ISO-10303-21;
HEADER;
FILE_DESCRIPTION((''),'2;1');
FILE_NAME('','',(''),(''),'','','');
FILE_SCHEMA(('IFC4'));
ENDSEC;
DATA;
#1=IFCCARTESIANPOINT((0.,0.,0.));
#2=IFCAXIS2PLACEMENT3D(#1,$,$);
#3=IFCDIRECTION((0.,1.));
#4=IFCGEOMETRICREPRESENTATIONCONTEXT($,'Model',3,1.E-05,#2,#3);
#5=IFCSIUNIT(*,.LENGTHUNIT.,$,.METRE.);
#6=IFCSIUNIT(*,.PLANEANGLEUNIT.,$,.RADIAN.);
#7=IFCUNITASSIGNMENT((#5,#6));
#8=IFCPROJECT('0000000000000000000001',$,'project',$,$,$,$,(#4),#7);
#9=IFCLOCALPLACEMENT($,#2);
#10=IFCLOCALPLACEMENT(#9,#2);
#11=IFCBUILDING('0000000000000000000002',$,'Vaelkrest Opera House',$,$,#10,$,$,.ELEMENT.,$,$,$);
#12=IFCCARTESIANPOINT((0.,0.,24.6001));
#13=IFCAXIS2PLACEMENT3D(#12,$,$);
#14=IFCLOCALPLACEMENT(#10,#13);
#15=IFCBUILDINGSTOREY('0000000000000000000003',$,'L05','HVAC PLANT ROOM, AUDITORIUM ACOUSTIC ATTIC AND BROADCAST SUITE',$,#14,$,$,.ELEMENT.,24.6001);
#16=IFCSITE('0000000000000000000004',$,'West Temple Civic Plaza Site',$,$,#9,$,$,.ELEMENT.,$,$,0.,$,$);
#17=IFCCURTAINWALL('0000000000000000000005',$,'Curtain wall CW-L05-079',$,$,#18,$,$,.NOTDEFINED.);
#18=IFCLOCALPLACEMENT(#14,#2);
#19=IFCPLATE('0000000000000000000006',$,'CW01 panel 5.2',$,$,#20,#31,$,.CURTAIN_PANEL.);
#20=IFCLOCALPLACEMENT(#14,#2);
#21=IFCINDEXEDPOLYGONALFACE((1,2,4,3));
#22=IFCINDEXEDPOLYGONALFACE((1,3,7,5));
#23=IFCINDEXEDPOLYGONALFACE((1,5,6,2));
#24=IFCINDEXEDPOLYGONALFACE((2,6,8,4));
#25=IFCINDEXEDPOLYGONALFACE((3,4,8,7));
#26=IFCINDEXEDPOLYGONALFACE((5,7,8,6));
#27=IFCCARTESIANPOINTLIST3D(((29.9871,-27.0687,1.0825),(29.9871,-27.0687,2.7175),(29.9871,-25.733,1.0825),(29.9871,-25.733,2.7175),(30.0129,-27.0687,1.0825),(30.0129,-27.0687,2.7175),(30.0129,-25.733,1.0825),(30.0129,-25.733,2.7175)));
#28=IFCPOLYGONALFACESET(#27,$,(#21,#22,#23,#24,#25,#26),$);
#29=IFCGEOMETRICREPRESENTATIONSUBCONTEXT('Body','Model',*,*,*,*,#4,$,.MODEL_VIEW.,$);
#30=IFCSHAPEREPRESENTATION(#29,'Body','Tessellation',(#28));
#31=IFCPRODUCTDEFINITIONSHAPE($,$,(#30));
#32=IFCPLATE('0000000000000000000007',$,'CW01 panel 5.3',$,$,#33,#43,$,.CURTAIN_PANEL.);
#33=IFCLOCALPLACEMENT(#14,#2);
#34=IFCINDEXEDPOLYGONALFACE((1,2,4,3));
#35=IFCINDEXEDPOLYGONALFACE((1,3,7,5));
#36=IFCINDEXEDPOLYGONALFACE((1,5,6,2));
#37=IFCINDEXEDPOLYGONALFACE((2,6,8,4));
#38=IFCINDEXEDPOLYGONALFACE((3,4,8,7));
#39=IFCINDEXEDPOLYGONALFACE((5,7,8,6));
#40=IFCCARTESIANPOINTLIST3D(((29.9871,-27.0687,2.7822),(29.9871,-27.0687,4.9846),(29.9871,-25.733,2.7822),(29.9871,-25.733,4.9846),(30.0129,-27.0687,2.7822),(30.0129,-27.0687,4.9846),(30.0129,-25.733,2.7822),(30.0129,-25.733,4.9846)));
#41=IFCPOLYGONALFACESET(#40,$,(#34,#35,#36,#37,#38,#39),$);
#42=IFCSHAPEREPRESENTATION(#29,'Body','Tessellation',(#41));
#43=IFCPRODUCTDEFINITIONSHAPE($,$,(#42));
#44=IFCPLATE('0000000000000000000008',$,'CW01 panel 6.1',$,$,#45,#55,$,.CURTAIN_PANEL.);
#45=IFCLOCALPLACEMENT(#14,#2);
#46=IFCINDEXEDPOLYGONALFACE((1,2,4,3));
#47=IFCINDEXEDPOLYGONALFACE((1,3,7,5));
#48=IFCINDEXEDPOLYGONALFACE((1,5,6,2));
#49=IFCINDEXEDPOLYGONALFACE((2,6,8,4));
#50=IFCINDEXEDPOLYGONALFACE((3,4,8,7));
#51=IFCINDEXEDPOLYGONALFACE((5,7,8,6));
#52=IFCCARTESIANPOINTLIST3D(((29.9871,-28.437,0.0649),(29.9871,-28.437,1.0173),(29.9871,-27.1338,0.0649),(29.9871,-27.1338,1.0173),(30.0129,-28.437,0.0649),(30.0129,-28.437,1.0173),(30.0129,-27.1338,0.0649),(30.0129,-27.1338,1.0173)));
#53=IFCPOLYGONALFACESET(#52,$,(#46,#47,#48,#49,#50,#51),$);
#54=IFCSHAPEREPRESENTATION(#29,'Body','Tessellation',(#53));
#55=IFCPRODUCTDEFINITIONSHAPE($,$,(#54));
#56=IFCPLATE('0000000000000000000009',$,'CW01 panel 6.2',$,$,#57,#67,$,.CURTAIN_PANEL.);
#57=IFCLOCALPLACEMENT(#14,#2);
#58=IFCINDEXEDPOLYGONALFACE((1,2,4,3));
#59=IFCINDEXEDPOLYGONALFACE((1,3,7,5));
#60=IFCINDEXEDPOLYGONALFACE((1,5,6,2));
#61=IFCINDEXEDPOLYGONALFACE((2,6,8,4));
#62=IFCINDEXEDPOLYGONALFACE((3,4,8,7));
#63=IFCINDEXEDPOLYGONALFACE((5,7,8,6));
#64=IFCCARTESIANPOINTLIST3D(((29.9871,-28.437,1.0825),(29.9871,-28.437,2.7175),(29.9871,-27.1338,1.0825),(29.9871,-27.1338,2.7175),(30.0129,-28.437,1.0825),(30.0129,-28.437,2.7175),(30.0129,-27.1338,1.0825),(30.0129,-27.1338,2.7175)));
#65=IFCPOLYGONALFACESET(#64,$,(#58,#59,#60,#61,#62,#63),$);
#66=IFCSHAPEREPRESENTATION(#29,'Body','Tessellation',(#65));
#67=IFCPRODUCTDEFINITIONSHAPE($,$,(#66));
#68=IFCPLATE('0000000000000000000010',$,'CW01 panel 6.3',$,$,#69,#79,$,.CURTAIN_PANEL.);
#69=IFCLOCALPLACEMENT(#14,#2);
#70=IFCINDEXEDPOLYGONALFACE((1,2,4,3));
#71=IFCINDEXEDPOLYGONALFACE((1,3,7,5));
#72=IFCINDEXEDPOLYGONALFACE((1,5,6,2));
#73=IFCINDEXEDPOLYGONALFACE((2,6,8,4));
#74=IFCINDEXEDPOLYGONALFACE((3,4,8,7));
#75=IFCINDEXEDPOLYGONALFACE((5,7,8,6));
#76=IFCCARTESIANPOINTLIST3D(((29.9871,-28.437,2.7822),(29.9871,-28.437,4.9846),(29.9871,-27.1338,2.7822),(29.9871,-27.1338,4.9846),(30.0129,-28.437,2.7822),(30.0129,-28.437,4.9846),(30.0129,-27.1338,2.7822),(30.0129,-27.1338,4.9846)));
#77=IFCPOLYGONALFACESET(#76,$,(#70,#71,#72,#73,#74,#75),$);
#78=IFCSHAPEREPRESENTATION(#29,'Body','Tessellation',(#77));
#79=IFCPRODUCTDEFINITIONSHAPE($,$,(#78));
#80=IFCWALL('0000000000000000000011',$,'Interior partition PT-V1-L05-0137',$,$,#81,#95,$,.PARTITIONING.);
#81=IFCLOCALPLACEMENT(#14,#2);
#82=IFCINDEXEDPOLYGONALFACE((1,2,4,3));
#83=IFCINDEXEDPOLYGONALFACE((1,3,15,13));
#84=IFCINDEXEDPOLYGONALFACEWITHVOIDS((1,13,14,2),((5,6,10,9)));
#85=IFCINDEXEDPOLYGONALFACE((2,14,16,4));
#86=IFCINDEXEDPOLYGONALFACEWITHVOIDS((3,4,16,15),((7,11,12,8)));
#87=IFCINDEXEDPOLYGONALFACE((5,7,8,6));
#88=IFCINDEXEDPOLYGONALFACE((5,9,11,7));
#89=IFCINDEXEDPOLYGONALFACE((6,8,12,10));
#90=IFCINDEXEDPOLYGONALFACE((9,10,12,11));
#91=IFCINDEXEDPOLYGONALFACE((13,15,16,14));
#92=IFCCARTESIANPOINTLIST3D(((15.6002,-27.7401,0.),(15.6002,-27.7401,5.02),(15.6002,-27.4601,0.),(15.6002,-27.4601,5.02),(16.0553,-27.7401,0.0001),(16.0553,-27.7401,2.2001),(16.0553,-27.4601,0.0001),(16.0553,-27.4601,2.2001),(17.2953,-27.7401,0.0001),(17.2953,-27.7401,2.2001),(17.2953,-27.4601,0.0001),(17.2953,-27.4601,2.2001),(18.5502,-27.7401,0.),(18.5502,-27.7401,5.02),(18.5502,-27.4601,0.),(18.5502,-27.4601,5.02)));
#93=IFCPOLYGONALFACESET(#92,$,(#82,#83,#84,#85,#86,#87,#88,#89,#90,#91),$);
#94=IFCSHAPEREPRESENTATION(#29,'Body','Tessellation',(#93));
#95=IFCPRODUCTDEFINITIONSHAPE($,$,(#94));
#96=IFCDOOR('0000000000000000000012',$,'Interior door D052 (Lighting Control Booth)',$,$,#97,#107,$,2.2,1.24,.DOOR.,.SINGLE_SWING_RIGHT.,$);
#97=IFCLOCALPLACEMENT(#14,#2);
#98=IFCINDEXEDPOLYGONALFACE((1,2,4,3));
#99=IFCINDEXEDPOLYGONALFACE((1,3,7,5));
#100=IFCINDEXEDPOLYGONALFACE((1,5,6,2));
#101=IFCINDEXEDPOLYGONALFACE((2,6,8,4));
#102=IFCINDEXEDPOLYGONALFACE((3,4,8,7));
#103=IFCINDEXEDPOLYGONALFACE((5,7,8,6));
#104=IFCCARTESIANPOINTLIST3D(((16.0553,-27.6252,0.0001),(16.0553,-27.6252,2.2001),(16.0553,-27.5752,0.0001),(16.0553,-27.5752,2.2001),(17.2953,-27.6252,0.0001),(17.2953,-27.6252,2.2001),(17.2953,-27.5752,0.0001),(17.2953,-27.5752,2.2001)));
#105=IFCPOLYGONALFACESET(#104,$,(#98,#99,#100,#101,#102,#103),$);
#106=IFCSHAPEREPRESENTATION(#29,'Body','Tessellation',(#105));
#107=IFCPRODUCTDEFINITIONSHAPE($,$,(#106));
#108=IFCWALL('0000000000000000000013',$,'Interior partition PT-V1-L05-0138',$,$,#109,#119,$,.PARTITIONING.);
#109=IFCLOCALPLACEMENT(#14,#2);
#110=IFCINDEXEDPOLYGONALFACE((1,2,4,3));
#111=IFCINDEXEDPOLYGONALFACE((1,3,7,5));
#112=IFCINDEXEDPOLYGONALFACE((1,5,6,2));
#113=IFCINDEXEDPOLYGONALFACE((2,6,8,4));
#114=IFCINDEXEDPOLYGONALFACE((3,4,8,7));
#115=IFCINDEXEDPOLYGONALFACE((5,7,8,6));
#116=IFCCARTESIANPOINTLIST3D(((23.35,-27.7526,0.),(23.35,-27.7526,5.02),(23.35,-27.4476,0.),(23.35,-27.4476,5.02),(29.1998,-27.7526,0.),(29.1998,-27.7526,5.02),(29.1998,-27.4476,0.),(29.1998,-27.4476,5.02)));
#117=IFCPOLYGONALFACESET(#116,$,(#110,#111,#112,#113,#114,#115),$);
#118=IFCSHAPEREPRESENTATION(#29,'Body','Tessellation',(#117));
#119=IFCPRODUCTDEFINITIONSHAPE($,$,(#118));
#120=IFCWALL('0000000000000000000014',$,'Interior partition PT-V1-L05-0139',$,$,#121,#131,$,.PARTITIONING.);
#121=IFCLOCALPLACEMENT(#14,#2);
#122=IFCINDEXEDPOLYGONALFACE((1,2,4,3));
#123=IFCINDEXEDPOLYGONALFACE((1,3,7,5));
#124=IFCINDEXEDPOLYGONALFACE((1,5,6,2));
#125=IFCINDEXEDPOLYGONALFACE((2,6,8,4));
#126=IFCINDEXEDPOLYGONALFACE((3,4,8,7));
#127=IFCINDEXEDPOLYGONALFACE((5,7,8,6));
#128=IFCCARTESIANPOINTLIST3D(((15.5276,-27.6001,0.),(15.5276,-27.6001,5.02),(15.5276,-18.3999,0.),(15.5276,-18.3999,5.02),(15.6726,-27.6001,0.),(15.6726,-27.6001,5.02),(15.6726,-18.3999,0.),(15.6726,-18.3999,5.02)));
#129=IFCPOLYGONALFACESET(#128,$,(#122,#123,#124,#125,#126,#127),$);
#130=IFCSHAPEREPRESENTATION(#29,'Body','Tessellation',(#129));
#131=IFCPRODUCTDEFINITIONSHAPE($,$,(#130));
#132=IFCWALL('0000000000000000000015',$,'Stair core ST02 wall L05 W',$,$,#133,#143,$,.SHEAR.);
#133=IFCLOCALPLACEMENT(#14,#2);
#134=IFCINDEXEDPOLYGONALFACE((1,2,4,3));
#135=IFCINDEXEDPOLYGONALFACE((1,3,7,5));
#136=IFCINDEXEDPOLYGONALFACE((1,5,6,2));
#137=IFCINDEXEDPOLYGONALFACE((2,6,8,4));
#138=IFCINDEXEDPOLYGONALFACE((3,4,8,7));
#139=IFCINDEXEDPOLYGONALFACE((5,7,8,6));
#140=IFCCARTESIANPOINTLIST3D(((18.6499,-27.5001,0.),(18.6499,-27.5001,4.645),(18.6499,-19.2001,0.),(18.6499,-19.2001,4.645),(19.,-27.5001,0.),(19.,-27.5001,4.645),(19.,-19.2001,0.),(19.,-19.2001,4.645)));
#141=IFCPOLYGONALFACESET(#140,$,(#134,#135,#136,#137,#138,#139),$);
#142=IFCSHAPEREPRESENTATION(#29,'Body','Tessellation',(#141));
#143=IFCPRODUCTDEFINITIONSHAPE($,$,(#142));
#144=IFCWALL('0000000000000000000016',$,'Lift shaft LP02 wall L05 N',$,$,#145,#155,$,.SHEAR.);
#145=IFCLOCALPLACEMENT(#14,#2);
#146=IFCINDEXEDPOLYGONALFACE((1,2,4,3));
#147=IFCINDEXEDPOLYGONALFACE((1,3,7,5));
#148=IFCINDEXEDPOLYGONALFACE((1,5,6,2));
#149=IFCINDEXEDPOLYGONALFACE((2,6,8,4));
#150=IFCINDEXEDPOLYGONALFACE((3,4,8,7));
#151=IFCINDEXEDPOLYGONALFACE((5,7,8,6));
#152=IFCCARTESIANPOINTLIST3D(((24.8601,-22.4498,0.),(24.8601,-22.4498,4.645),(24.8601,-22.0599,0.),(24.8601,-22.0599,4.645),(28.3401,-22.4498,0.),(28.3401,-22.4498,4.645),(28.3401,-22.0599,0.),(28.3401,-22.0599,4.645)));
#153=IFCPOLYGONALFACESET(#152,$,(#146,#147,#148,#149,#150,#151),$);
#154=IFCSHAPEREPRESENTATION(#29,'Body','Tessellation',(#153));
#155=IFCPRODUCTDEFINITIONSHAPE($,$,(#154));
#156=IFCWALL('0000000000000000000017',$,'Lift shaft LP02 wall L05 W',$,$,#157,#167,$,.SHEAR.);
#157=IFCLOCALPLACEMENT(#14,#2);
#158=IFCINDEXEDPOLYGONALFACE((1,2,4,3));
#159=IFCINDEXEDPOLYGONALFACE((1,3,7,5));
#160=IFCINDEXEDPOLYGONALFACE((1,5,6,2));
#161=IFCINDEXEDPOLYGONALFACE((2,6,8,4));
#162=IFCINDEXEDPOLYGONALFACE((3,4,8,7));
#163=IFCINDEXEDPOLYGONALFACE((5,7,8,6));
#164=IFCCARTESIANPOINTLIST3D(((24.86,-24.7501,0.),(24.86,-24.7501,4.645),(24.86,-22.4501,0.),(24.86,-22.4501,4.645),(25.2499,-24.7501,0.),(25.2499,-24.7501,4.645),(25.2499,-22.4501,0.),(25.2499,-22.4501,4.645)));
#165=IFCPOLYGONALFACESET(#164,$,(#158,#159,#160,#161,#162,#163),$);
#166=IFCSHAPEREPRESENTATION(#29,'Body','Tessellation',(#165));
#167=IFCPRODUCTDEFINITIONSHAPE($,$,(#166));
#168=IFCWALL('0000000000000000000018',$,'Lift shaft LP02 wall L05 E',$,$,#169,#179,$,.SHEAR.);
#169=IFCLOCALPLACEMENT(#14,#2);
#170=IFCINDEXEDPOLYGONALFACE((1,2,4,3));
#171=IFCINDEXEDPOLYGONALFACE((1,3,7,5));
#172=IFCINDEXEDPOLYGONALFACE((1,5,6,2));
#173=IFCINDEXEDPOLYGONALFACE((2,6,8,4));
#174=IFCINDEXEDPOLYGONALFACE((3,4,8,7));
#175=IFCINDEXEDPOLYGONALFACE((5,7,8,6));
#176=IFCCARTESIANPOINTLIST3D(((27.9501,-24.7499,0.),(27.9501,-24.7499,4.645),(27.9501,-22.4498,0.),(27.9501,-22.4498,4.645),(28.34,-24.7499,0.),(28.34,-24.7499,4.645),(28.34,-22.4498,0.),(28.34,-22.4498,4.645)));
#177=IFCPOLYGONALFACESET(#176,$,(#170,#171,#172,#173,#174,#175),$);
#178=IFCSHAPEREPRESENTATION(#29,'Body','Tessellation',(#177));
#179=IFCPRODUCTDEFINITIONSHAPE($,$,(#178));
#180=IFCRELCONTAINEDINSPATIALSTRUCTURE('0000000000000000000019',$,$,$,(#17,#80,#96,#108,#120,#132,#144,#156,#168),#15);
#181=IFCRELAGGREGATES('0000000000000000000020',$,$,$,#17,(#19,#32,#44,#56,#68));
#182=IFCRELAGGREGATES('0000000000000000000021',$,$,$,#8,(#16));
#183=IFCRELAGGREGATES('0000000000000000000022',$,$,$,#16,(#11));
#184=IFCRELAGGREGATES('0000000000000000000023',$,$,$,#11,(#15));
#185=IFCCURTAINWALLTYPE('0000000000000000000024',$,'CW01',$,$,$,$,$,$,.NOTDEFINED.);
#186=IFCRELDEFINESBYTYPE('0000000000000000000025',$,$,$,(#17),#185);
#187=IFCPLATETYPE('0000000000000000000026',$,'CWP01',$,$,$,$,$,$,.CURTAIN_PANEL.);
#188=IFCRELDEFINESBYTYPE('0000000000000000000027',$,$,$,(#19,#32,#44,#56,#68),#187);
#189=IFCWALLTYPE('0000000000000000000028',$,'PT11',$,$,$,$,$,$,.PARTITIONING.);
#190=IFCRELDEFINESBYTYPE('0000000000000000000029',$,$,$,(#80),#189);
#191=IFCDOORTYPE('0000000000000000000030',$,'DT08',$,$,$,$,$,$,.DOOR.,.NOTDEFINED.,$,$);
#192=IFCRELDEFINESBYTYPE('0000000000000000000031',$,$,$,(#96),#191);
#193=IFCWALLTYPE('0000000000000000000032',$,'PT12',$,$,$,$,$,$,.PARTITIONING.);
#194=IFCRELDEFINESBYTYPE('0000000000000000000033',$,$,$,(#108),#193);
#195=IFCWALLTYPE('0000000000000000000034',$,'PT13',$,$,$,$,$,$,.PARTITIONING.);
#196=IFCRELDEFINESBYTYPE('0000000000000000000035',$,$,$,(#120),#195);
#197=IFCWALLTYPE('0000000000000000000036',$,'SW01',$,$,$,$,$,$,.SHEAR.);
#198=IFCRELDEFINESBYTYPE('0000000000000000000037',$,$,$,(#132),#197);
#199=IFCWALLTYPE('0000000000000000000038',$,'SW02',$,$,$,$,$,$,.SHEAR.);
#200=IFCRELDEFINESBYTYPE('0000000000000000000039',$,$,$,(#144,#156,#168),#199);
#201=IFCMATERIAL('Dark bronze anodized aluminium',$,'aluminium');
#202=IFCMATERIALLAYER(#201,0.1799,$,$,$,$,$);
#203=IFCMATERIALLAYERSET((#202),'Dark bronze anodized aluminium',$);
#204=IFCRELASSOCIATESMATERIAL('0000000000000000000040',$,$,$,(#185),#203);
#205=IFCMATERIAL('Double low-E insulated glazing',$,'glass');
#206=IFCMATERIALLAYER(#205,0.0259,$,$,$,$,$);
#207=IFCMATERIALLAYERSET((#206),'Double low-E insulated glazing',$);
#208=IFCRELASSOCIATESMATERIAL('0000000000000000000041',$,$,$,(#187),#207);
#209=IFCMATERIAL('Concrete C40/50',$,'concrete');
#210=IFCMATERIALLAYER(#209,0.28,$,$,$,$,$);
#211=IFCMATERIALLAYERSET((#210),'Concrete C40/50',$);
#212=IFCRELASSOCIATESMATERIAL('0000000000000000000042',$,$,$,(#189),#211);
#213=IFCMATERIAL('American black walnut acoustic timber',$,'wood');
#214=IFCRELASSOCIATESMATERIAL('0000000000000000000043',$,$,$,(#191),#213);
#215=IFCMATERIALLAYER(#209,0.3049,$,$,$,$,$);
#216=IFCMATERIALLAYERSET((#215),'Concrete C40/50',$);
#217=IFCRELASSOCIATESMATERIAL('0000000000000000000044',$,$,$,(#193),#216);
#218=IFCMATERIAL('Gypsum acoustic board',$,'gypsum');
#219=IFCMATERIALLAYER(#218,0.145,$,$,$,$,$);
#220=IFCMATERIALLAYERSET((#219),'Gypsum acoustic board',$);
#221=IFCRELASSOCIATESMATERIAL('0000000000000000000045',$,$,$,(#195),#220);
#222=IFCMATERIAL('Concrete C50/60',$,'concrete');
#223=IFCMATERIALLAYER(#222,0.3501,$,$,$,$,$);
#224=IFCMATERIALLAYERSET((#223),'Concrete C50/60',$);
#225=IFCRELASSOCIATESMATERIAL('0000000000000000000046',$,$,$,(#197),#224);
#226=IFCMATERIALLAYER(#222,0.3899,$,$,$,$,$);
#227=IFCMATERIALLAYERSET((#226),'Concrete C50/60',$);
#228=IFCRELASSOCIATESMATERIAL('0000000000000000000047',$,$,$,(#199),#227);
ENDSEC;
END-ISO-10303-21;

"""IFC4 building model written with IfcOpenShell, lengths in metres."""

from ifc_helpers import new_model, si_unit, direction, frame, frame_2d, origin, origin_2d, place, context, subcontext, project, spatial, rectangle, extrude, material, layer, layer_set, type_object, element, fill, aggregate, save


model = new_model("IFC4")

# Units and contexts
model_context = context("Model", 3, precision=1e-05, world=origin(), true_north=direction((0.0, 1.0)))
body_context = subcontext(model_context, "Body", "Model", "MODEL_VIEW")
ifc_project = project(units=[si_unit("LENGTHUNIT", "METRE"), si_unit("PLANEANGLEUNIT", "RADIAN")], contexts=[model_context])

# Site, building, storey
site_placement = place(None, origin())
site = spatial("IfcSite", under=ifc_project, at=site_placement, Name="West Temple Civic Plaza Site", CompositionType="ELEMENT", RefElevation=0.0)
building_placement = place(site_placement, origin())
building = spatial("IfcBuilding", under=site, at=building_placement, Name="Vaelkrest Opera House", CompositionType="ELEMENT")
storey_placement = place(building_placement, frame((0.0, 0.0, 24.6001)))
storey = spatial("IfcBuildingStorey", under=building, at=storey_placement, Name="L05", Description="HVAC PLANT ROOM, AUDITORIUM ACOUSTIC ATTIC AND BROADCAST SUITE", CompositionType="ELEMENT", Elevation=24.6001)

# Shared definitions
ifc_material_1 = material(Name="Concrete C50/60", Category="concrete")

# Curtain wall
ifc_material_2 = material(Name="Dark bronze anodized aluminium", Category="aluminium")
ifc_layer_1 = layer(ifc_material_2, 0.1799)
ifc_layer_set_1 = layer_set([ifc_layer_1], Name="Dark bronze anodized aluminium")
curtain_wall_type = type_object("IfcCurtainWallType", Name="CW01", PredefinedType="NOTDEFINED", material=ifc_layer_set_1)
curtain_wall_placement = place(storey_placement, origin())
curtain_wall = element("IfcCurtainWall", 1, at=curtain_wall_placement, inside=storey, type_object=curtain_wall_type, Name="Curtain wall CW-L05-079", PredefinedType="NOTDEFINED")

# Plates
ifc_material_3 = material(Name="Double low-E insulated glazing", Category="glass")
ifc_layer_2 = layer(ifc_material_3, 0.0259)
ifc_layer_set_2 = layer_set([ifc_layer_2], Name="Double low-E insulated glazing")
plate_type = type_object("IfcPlateType", Name="CWP01", PredefinedType="CURTAIN_PANEL", material=ifc_layer_set_2)
plate_1_placement = place(storey_placement, frame((30.0, -26.4009, 1.0825), z_axis=(0.0, 0.0, 1.0), x_axis=(0.0, -1.0, 0.0)))
plate_1 = element("IfcPlate", 2, at=plate_1_placement, type_object=plate_type, Name="CW01 panel 5.2", PredefinedType="CURTAIN_PANEL", context=body_context, shape_type="SweptSolid", body=[
    extrude(rectangle(XDim=1.3357, YDim=0.0259, at=origin_2d()), origin(), (0.0, 0.0, 1.0), 1.635),
])
plate_2_placement = place(storey_placement, frame((30.0, -26.4009, 2.7822), z_axis=(0.0, 0.0, 1.0), x_axis=(0.0, -1.0, 0.0)))
plate_2 = element("IfcPlate", 3, at=plate_2_placement, type_object=plate_type, Name="CW01 panel 5.3", PredefinedType="CURTAIN_PANEL", context=body_context, shape_type="SweptSolid", body=[
    extrude(rectangle(XDim=1.3357, YDim=0.0259, at=origin_2d()), origin(), (0.0, 0.0, 1.0), 2.2024),
])
plate_3_placement = place(storey_placement, frame((30.0, -27.7854, 0.0649), z_axis=(0.0, 0.0, 1.0), x_axis=(0.0, -1.0, 0.0)))
plate_3 = element("IfcPlate", 4, at=plate_3_placement, type_object=plate_type, Name="CW01 panel 6.1", PredefinedType="CURTAIN_PANEL", context=body_context, shape_type="SweptSolid", body=[
    extrude(rectangle(XDim=1.3032, YDim=0.0259, at=origin_2d()), origin(), (0.0, 0.0, 1.0), 0.9524),
])
plate_4_placement = place(storey_placement, frame((30.0, -27.7854, 1.0825), z_axis=(0.0, 0.0, 1.0), x_axis=(0.0, -1.0, 0.0)))
plate_4 = element("IfcPlate", 5, at=plate_4_placement, type_object=plate_type, Name="CW01 panel 6.2", PredefinedType="CURTAIN_PANEL", context=body_context, shape_type="SweptSolid", body=[
    extrude(rectangle(XDim=1.3032, YDim=0.0259, at=origin_2d()), origin(), (0.0, 0.0, 1.0), 1.635),
])
plate_5_placement = place(storey_placement, frame((30.0, -27.7854, 2.7822), z_axis=(0.0, 0.0, 1.0), x_axis=(0.0, -1.0, 0.0)))
plate_5 = element("IfcPlate", 6, at=plate_5_placement, type_object=plate_type, Name="CW01 panel 6.3", PredefinedType="CURTAIN_PANEL", context=body_context, shape_type="SweptSolid", body=[
    extrude(rectangle(XDim=1.3032, YDim=0.0259, at=origin_2d()), origin(), (0.0, 0.0, 1.0), 2.2024),
])
aggregate(curtain_wall, [plate_1, plate_2, plate_3, plate_4, plate_5])

# Wall, opening, door
ifc_material_4 = material(Name="Concrete C40/50", Category="concrete")
ifc_layer_3 = layer(ifc_material_4, 0.28)
ifc_layer_set_3 = layer_set([ifc_layer_3], Name="Concrete C40/50")
wall_type_1 = type_object("IfcWallType", Name="PT11", PredefinedType="PARTITIONING", material=ifc_layer_set_3)
wall_1_placement = place(storey_placement, frame((15.6001, -27.6001, 0.0), z_axis=(0.0, 0.0, 1.0), x_axis=(1.0, 0.0, 0.0)))
wall_1 = element("IfcWall", 7, at=wall_1_placement, inside=storey, type_object=wall_type_1, Name="Interior partition PT-V1-L05-0137", PredefinedType="PARTITIONING", context=body_context, shape_type="SweptSolid", body=[
    extrude(rectangle(XDim=2.95, YDim=0.28, at=frame_2d((1.4751, 0.0))), origin(), (0.0, 0.0, 1.0), 5.02),
])
opening_1_placement = place(wall_1_placement, frame((0.4551, 0.0, 0.0)))
opening_1 = element("IfcOpeningElement", 8, at=opening_1_placement, cuts=wall_1, PredefinedType="OPENING", context=body_context, shape_type="SweptSolid", body=[
    extrude(rectangle(XDim=1.24, YDim=2.2, at=frame_2d((0.6201, 1.1001))), frame((0.0, 0.1499, 0.0), z_axis=(0.0, -1.0, 0.0), x_axis=(1.0, 0.0, 0.0)), (0.0, 0.0, 1.0), 0.3),
])
ifc_material_5 = material(Name="American black walnut acoustic timber", Category="wood")
door_type_1 = type_object("IfcDoorType", Name="DT08", OperationType="NOTDEFINED", PredefinedType="DOOR", material=ifc_material_5)
door_1_placement = place(opening_1_placement, origin())
door_1 = element("IfcDoor", 9, at=door_1_placement, inside=storey, type_object=door_type_1, Name="Interior door D052 (Lighting Control Booth)", OperationType="SINGLE_SWING_RIGHT", OverallHeight=2.2, OverallWidth=1.24, PredefinedType="DOOR", context=body_context, shape_type="SweptSolid", body=[
    extrude(rectangle(XDim=1.24, YDim=2.2, at=frame_2d((0.6201, 1.1001))), frame((0.0, 0.0249, 0.0), z_axis=(0.0, -1.0, 0.0), x_axis=(1.0, 0.0, 0.0)), (0.0, 0.0, 1.0), 0.05),
])
fill(opening_1, door_1)

# Walls
ifc_layer_4 = layer(ifc_material_4, 0.3049)
ifc_layer_set_4 = layer_set([ifc_layer_4], Name="Concrete C40/50")
wall_type_2 = type_object("IfcWallType", Name="PT12", PredefinedType="PARTITIONING", material=ifc_layer_set_4)
wall_2_placement = place(storey_placement, frame((23.3501, -27.6001, 0.0), z_axis=(0.0, 0.0, 1.0), x_axis=(1.0, 0.0, 0.0)))
element("IfcWall", 10, at=wall_2_placement, inside=storey, type_object=wall_type_2, Name="Interior partition PT-V1-L05-0138", PredefinedType="PARTITIONING", context=body_context, shape_type="SweptSolid", body=[
    extrude(rectangle(XDim=5.8499, YDim=0.3049, at=frame_2d((2.9248, 0.0))), origin(), (0.0, 0.0, 1.0), 5.02),
])
ifc_material_6 = material(Name="Gypsum acoustic board", Category="gypsum")
ifc_layer_5 = layer(ifc_material_6, 0.145)
ifc_layer_set_5 = layer_set([ifc_layer_5], Name="Gypsum acoustic board")
wall_type_3 = type_object("IfcWallType", Name="PT13", PredefinedType="PARTITIONING", material=ifc_layer_set_5)
wall_3_placement = place(storey_placement, frame((15.6001, -27.6001, 0.0), z_axis=(0.0, 0.0, 1.0), x_axis=(0.0, 1.0, 0.0)))
element("IfcWall", 11, at=wall_3_placement, inside=storey, type_object=wall_type_3, Name="Interior partition PT-V1-L05-0139", PredefinedType="PARTITIONING", context=body_context, shape_type="SweptSolid", body=[
    extrude(rectangle(XDim=9.2002, YDim=0.145, at=frame_2d((4.6001, 0.0))), origin(), (0.0, 0.0, 1.0), 5.02),
])

# Shared definitions
ifc_layer_6 = layer(ifc_material_1, 0.3501)
ifc_layer_set_6 = layer_set([ifc_layer_6], Name="Concrete C50/60")
wall_type_4 = type_object("IfcWallType", Name="SW01", PredefinedType="SHEAR", material=ifc_layer_set_6)

# Wall
wall_4_placement = place(storey_placement, frame((18.825, -27.5, 0.0), z_axis=(0.0, 0.0, 1.0), x_axis=(0.0, 1.0, 0.0)))
element("IfcWall", 12, at=wall_4_placement, inside=storey, type_object=wall_type_4, Name="Stair core ST02 wall L05 W", PredefinedType="SHEAR", context=body_context, shape_type="SweptSolid", body=[
    extrude(rectangle(XDim=8.3, YDim=0.3501, at=frame_2d((4.1499, 0.0))), origin(), (0.0, 0.0, 1.0), 4.645),
])

# Shared definitions
ifc_layer_7 = layer(ifc_material_1, 0.3899)
ifc_layer_set_7 = layer_set([ifc_layer_7], Name="Concrete C50/60")
wall_type_5 = type_object("IfcWallType", Name="SW02", PredefinedType="SHEAR", material=ifc_layer_set_7)

# Walls
wall_5_placement = place(storey_placement, frame((24.8601, -22.2549, 0.0), z_axis=(0.0, 0.0, 1.0), x_axis=(1.0, 0.0, 0.0)))
element("IfcWall", 13, at=wall_5_placement, inside=storey, type_object=wall_type_5, Name="Lift shaft LP02 wall L05 N", PredefinedType="SHEAR", context=body_context, shape_type="SweptSolid", body=[
    extrude(rectangle(XDim=3.48, YDim=0.3899, at=frame_2d((1.74, 0.0))), origin(), (0.0, 0.0, 1.0), 4.645),
])
for number, where, z_axis, x_axis, name in (
    (14, (25.0549, -24.75, 0.0), (0.0, 0.0, 1.0), (0.0, 1.0, 0.0), "Lift shaft LP02 wall L05 W"),
    (15, (28.145, -22.45, 0.0), (0.0, 0.0, 1.0), (0.0, -1.0, 0.0), "Lift shaft LP02 wall L05 E"),
):
    element("IfcWall", number, at=place(storey_placement, frame(where, z_axis=z_axis, x_axis=x_axis)), inside=storey, type_object=wall_type_5, Name=name, PredefinedType="SHEAR", context=body_context, shape_type="SweptSolid", body=[
        extrude(rectangle(XDim=2.3, YDim=0.3899, at=frame_2d((1.1499, 0.0))), origin(), (0.0, 0.0, 1.0), 4.645),
    ])

save(model, "model.ifc")
